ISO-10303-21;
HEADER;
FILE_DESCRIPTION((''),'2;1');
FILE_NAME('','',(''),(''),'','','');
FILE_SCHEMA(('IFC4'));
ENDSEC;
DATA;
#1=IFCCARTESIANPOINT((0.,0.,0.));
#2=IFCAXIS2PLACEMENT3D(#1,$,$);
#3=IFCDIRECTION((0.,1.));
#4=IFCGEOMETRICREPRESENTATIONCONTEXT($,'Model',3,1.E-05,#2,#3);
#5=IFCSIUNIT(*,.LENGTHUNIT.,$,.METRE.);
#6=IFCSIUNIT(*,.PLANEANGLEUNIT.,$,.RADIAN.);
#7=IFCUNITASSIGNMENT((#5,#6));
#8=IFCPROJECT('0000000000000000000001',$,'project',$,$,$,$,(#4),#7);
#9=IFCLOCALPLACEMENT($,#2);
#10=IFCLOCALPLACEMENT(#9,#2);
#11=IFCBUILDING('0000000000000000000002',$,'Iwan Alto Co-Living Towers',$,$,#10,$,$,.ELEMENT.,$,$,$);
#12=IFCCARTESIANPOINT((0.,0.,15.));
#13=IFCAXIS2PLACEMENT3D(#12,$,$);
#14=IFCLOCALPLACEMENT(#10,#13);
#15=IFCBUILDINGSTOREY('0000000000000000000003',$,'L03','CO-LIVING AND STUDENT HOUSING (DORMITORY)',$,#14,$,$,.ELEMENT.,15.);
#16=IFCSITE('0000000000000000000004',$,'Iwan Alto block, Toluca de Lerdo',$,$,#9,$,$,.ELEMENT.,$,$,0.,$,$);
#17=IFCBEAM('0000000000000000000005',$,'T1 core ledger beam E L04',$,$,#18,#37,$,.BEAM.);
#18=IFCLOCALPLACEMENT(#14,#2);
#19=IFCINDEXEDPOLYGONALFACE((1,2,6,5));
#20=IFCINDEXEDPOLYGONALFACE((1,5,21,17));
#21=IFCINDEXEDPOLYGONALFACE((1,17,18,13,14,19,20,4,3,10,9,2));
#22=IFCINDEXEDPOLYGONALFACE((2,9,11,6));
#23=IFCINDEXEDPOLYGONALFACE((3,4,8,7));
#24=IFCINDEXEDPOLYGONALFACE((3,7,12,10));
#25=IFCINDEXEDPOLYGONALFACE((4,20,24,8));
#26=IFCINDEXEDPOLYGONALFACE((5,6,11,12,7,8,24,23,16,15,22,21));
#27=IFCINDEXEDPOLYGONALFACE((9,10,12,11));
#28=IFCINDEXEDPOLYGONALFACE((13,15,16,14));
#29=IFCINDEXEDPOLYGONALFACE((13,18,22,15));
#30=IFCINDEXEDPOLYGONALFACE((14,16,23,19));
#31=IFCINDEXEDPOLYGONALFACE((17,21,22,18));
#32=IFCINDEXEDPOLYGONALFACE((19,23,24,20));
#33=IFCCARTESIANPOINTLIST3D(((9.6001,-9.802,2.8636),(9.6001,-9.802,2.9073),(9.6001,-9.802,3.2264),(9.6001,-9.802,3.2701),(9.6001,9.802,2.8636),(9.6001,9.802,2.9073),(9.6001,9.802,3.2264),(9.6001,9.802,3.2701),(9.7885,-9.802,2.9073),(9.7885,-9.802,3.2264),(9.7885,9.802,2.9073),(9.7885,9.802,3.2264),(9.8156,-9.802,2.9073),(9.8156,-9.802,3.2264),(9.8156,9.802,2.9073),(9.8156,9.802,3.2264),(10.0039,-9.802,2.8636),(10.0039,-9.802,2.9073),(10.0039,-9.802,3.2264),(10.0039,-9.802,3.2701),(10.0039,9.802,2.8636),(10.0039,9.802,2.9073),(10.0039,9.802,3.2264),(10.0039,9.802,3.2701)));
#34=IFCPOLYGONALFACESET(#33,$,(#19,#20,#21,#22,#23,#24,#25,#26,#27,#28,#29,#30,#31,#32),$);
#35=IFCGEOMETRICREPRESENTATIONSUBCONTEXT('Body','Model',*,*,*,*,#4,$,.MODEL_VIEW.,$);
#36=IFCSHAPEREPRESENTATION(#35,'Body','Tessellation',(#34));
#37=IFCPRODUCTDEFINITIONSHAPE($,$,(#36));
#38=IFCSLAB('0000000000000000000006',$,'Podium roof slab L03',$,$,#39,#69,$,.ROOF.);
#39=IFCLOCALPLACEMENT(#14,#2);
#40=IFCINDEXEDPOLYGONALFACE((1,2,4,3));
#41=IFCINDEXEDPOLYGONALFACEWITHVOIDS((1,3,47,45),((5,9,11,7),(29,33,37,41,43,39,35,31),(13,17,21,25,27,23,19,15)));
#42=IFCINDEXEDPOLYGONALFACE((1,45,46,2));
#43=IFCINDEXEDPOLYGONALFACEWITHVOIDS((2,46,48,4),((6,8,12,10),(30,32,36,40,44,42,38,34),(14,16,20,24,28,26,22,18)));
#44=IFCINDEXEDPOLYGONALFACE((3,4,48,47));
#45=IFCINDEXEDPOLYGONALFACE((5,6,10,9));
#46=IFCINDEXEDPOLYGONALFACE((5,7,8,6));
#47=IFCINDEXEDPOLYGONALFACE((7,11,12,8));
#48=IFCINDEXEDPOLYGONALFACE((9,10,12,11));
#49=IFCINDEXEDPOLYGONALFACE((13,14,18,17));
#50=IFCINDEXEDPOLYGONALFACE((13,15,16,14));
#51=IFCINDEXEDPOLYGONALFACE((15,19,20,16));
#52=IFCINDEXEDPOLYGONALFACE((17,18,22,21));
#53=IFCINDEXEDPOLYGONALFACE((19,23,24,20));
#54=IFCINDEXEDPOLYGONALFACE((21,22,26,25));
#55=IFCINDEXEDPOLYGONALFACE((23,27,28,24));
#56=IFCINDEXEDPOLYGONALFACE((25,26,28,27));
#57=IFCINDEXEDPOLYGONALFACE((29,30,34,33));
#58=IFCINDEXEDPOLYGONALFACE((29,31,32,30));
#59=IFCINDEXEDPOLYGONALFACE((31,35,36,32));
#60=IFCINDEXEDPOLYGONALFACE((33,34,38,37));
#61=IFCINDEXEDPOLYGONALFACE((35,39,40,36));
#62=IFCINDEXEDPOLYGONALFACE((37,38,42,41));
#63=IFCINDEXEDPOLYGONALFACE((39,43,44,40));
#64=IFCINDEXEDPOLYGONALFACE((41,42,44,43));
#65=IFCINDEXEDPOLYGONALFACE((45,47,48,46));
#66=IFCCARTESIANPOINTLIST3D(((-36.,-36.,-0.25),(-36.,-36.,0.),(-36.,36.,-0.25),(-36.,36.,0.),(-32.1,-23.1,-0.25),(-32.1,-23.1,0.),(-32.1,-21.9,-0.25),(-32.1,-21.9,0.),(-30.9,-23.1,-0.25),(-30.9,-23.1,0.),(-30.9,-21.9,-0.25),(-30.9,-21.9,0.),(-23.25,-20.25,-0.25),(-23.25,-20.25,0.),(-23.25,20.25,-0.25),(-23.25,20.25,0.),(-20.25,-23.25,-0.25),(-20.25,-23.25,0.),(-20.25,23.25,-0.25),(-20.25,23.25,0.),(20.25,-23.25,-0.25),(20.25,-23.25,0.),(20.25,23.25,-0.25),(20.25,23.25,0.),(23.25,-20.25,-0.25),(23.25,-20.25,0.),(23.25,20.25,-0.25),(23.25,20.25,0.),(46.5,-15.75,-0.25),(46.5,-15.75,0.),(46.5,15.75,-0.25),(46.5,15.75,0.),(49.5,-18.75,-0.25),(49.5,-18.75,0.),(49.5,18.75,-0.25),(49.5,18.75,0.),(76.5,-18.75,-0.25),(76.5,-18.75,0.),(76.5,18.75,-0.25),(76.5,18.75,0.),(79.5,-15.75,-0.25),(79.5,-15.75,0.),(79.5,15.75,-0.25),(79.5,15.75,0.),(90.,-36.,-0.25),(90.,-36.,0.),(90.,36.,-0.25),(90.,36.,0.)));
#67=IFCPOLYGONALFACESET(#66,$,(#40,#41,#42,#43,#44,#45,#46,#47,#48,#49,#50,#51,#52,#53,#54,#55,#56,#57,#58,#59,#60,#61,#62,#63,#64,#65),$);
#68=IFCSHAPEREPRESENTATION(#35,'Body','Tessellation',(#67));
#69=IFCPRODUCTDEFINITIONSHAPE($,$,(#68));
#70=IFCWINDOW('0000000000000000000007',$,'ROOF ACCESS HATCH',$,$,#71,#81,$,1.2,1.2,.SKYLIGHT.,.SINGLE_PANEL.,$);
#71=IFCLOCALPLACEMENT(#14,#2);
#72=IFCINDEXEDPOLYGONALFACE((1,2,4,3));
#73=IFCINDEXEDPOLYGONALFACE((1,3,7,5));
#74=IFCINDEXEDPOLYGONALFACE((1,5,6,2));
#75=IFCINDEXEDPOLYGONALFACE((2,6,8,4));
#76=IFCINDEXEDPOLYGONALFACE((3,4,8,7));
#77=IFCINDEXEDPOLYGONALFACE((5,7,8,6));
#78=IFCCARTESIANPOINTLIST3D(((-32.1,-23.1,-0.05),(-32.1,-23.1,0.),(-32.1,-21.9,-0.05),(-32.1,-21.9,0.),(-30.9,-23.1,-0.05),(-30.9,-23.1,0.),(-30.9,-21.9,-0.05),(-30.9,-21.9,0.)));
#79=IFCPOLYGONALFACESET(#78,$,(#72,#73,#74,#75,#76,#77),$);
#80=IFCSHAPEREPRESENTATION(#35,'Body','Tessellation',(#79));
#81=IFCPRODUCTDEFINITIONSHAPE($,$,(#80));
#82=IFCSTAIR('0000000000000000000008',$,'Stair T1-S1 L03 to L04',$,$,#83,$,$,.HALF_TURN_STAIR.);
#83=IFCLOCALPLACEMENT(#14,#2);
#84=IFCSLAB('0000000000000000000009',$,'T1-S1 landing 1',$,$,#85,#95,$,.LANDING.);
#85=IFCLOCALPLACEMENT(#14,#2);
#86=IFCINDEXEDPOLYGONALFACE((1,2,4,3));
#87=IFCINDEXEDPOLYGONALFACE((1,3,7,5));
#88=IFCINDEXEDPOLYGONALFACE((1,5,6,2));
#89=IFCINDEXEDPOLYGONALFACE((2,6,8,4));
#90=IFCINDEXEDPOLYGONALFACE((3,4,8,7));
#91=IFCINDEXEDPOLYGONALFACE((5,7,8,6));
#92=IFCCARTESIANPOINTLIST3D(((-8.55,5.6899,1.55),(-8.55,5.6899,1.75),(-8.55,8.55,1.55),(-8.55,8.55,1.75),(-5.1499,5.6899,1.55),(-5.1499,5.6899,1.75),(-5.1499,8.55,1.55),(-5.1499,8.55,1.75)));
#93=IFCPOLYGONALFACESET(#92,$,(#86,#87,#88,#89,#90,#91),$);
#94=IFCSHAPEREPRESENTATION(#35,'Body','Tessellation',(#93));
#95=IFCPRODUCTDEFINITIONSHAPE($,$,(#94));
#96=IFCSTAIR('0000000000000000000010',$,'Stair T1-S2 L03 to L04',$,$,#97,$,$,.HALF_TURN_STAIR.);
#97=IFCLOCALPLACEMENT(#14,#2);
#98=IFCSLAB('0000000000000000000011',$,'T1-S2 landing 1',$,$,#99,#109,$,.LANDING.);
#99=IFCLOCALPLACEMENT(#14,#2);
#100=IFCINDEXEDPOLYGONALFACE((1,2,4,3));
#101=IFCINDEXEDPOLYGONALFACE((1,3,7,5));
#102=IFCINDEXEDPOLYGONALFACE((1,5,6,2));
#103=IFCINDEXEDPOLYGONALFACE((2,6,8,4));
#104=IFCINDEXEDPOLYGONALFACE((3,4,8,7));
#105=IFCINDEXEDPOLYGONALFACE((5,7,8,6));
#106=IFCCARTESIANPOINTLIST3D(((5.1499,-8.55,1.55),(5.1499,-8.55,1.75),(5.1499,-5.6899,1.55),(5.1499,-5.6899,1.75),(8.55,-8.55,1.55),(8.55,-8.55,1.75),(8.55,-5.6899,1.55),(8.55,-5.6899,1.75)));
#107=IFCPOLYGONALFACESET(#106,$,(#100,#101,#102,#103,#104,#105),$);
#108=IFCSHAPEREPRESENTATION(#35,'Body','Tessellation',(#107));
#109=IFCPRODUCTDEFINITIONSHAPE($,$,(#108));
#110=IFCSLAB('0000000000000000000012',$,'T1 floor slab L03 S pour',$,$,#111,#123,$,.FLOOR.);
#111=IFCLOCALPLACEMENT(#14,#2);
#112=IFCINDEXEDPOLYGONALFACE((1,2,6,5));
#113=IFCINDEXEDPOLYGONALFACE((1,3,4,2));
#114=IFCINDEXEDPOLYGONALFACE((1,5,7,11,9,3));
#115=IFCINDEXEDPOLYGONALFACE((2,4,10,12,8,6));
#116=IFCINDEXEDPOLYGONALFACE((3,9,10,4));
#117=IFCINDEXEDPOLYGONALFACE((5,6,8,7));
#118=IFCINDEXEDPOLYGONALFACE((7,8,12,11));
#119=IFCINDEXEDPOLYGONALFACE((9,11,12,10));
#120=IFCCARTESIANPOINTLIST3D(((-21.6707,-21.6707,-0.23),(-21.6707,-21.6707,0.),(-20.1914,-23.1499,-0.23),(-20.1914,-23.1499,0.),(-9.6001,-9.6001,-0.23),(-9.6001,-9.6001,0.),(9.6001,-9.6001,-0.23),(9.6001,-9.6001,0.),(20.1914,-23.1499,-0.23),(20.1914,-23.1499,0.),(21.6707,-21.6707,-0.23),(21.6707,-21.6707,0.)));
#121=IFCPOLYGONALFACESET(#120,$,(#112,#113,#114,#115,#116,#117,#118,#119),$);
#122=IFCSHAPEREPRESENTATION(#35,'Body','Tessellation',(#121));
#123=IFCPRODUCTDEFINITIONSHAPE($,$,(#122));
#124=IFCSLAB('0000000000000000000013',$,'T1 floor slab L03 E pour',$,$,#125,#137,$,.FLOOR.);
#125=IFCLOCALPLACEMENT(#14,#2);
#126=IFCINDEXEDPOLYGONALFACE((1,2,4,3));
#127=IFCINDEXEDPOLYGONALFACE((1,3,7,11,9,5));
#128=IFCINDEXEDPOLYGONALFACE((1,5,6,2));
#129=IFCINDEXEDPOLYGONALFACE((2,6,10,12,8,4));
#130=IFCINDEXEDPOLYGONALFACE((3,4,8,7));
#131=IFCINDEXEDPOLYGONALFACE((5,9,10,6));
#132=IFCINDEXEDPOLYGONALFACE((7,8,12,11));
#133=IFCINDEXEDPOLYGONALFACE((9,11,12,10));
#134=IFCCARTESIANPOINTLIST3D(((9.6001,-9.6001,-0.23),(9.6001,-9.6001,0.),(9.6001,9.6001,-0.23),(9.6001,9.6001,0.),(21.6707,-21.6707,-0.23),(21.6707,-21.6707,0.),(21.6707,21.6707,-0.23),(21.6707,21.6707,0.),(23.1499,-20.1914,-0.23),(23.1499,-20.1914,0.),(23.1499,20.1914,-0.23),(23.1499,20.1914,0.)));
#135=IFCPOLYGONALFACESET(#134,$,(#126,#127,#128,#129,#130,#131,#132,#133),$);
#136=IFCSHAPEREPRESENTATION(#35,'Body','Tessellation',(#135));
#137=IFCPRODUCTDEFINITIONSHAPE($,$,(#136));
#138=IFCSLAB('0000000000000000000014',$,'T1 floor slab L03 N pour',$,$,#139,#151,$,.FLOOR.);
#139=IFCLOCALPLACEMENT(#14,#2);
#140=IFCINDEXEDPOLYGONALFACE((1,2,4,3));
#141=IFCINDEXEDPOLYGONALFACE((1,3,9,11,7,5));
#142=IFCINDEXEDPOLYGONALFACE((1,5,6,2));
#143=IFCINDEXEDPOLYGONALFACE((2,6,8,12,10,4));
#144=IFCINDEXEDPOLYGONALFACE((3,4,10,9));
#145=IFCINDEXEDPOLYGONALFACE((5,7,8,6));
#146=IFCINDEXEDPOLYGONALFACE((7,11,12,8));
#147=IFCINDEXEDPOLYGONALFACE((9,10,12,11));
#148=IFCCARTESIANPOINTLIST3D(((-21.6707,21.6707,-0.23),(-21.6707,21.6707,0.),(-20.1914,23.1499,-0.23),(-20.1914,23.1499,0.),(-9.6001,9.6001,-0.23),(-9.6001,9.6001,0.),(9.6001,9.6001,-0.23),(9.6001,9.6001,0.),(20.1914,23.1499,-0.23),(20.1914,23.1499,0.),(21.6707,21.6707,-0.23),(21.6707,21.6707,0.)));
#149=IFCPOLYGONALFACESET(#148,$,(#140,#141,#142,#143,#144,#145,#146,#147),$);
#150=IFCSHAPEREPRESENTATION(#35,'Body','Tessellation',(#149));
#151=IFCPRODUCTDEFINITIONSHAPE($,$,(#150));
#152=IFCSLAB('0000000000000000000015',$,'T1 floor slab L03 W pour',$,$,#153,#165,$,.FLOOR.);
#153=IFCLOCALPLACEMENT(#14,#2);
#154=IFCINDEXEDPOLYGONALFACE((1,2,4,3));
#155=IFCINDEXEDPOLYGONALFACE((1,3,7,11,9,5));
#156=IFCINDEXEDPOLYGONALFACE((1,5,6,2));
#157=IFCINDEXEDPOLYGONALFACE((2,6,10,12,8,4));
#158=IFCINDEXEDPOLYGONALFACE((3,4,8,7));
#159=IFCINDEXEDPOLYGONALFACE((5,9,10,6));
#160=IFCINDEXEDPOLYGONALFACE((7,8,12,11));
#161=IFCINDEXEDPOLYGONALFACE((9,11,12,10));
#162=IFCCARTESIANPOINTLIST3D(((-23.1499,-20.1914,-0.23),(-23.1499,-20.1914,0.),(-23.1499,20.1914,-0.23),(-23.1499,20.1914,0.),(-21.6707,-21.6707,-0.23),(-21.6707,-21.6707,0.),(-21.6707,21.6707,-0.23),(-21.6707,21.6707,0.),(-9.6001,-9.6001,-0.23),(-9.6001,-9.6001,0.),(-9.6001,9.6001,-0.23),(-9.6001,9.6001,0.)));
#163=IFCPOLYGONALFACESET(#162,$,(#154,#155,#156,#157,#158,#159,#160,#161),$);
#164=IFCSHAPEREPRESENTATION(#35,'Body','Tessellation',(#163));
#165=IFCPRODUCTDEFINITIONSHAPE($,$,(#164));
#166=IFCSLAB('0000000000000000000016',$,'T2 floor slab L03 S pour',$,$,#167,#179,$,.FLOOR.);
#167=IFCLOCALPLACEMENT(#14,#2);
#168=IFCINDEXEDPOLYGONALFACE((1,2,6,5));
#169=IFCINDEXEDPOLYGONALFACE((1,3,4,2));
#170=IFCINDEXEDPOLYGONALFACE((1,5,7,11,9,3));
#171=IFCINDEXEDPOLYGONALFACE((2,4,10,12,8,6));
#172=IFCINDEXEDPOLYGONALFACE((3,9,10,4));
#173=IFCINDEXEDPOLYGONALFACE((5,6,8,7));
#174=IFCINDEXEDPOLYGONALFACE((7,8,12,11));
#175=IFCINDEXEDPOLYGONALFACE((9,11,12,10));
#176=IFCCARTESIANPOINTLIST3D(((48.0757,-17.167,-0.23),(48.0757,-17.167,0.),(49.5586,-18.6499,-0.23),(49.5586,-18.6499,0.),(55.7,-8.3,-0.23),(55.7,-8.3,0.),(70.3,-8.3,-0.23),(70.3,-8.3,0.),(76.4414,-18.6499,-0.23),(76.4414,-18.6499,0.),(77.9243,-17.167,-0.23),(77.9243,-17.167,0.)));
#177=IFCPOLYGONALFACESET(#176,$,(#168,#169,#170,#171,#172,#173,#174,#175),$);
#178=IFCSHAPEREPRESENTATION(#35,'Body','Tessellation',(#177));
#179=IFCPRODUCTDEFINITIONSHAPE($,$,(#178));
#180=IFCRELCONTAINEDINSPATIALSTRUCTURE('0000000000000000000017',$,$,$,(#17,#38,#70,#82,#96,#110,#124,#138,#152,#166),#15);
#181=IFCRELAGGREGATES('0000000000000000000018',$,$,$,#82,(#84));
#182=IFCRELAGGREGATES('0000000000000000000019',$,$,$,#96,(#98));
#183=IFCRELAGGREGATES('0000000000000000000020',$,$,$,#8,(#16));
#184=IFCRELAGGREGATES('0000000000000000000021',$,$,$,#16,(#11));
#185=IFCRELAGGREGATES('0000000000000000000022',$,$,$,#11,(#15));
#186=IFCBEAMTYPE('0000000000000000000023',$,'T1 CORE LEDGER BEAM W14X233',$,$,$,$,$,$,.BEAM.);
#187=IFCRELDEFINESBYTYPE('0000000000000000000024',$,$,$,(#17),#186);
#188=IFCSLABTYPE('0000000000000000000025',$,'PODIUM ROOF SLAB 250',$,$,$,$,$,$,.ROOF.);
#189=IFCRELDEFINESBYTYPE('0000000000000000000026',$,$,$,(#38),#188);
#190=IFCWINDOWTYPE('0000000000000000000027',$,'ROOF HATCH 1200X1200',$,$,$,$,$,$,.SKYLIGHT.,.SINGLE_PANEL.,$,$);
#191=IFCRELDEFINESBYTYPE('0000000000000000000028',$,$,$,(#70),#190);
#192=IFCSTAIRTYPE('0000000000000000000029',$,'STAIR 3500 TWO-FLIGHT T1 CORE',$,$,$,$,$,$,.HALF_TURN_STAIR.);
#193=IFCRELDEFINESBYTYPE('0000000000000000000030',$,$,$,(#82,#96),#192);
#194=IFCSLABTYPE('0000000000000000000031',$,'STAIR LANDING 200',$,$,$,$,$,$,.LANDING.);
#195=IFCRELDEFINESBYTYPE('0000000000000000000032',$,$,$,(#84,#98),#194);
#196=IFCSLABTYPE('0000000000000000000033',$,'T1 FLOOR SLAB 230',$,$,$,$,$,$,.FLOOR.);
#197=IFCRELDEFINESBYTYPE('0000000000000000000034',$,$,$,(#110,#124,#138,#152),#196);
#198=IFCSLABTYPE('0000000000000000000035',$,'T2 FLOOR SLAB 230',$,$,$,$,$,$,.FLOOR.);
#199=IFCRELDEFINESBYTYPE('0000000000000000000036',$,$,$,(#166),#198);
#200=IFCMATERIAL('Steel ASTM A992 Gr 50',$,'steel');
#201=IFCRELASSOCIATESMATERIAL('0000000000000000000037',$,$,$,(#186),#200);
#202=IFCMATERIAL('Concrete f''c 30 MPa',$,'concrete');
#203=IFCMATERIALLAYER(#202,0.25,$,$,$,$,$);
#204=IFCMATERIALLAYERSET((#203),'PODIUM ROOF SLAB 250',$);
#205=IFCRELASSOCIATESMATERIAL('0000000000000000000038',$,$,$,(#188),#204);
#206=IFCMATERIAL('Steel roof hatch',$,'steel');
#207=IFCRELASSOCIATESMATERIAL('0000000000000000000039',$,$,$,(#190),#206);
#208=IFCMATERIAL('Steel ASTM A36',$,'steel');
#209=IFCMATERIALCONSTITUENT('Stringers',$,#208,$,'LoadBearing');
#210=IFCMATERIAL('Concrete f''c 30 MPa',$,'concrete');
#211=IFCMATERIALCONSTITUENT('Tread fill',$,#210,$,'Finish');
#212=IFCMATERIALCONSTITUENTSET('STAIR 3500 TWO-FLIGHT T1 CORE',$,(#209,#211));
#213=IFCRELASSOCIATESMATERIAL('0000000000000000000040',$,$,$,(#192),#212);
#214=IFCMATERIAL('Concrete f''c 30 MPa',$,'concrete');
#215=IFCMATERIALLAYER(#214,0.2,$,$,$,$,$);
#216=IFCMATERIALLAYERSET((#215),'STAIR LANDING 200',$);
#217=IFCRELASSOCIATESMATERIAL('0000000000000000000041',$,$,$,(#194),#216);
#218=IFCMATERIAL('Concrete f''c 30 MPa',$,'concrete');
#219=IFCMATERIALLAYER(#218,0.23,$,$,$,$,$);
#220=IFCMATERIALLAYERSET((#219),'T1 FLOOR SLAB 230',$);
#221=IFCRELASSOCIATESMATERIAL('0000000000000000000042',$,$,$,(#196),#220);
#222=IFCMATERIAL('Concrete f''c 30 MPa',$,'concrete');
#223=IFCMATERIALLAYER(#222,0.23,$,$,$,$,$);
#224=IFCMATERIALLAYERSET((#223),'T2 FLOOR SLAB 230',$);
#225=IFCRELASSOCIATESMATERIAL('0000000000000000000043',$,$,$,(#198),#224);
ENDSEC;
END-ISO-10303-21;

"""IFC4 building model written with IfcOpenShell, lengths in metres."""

from ifc_helpers import new_model, si_unit, direction, frame, origin, origin_2d, place, context, subcontext, project, spatial, polyline, rectangle, i_section, outline, extrude, material, layer, layer_set, constituent, constituent_set, material_profile, profile_set, type_object, element, fill, aggregate, save


model = new_model("IFC4")

# Units and contexts
model_context = context("Model", 3, precision=1e-05, world=origin(), true_north=direction((0.0, 1.0)))
body_context = subcontext(model_context, "Body", "Model", "MODEL_VIEW")
ifc_project = project(units=[si_unit("LENGTHUNIT", "METRE"), si_unit("PLANEANGLEUNIT", "RADIAN")], contexts=[model_context])

# Site, building, storey
site_placement = place(None, origin())
site = spatial("IfcSite", under=ifc_project, at=site_placement, Name="Iwan Alto block, Toluca de Lerdo", CompositionType="ELEMENT", RefElevation=0.0)
building_placement = place(site_placement, origin())
building = spatial("IfcBuilding", under=site, at=building_placement, Name="Iwan Alto Co-Living Towers", CompositionType="ELEMENT")
storey_placement = place(building_placement, frame((0.0, 0.0, 15.0)))
storey = spatial("IfcBuildingStorey", under=building, at=storey_placement, Name="L03", Description="CO-LIVING AND STUDENT HOUSING (DORMITORY)", CompositionType="ELEMENT", Elevation=15.0)

# Beam
ifc_material_1 = material(Name="Steel ASTM A992 Gr 50", Category="steel")
ifc_material_profile = material_profile(ifc_material_1, i_section(OverallWidth=0.4038, OverallDepth=0.4065, WebThickness=0.0271, FlangeThickness=0.0437, at=origin_2d()), Name="W14X233")
ifc_profile_set = profile_set([ifc_material_profile], Name="Steel ASTM A992 Gr 50")
beam_type = type_object("IfcBeamType", Name="T1 CORE LEDGER BEAM W14X233", PredefinedType="BEAM", material=ifc_profile_set)
beam_placement = place(storey_placement, frame((9.802, -9.802, 3.0669), z_axis=(0.0, 1.0, 0.0), x_axis=(-1.0, 0.0, 0.0)))
element("IfcBeam", 1, at=beam_placement, inside=storey, type_object=beam_type, Name="T1 core ledger beam E L04", PredefinedType="BEAM", context=body_context, shape_type="SweptSolid", body=[
    extrude(i_section(OverallWidth=0.4038, OverallDepth=0.4065, WebThickness=0.0271, FlangeThickness=0.0437, at=origin_2d()), origin(), (0.0, 0.0, 1.0), 19.604),
])

# Slab, opening, window
ifc_material_2 = material(Name="Concrete f'c 30 MPa", Category="concrete")
ifc_layer_1 = layer(ifc_material_2, 0.25)
ifc_layer_set_1 = layer_set([ifc_layer_1], Name="PODIUM ROOF SLAB 250")
slab_type_1 = type_object("IfcSlabType", Name="PODIUM ROOF SLAB 250", PredefinedType="ROOF", material=ifc_layer_set_1)
slab_1_placement = place(storey_placement, frame((0.0, 0.0, -0.25)))
slab_1 = element("IfcSlab", 2, at=slab_1_placement, inside=storey, type_object=slab_type_1, Name="Podium roof slab L03", PredefinedType="ROOF", context=body_context, shape_type="SweptSolid", body=[
    extrude(outline(polyline([(-36.0, 36.0), (90.0, 36.0), (90.0, -36.0), (-36.0, -36.0), (-36.0, 36.0)]), holes=[polyline([(-20.25, -23.25), (20.25, -23.25), (23.25, -20.25), (23.25, 20.25), (20.25, 23.25), (-20.25, 23.25), (-23.25, 20.25), (-23.25, -20.25), (-20.25, -23.25)]), polyline([(49.5, -18.75), (76.5, -18.75), (79.5, -15.75), (79.5, 15.75), (76.5, 18.75), (49.5, 18.75), (46.5, 15.75), (46.5, -15.75), (49.5, -18.75)])]), origin(), (0.0, 0.0, 1.0), 0.25),
])
opening_1_placement = place(slab_1_placement, frame((-31.5, -22.5, 0.0)))
opening_1 = element("IfcOpeningElement", 3, at=opening_1_placement, cuts=slab_1, PredefinedType="OPENING", context=body_context, shape_type="SweptSolid", body=[
    extrude(rectangle(XDim=1.2, YDim=1.2, at=origin_2d()), origin(), (0.0, 0.0, 1.0), 0.25),
])
ifc_material_3 = material(Name="Steel roof hatch", Category="steel")
window_type = type_object("IfcWindowType", Name="ROOF HATCH 1200X1200", PartitioningType="SINGLE_PANEL", PredefinedType="SKYLIGHT", material=ifc_material_3)
window_placement = place(opening_1_placement, frame((0.0, 0.0, 0.2)))
window = element("IfcWindow", 4, at=window_placement, inside=storey, type_object=window_type, Name="ROOF ACCESS HATCH", OverallHeight=1.2, OverallWidth=1.2, PartitioningType="SINGLE_PANEL", PredefinedType="SKYLIGHT", context=body_context, shape_type="SweptSolid", body=[
    extrude(rectangle(XDim=1.2, YDim=1.2, at=origin_2d()), origin(), (0.0, 0.0, 1.0), 0.05),
])
fill(opening_1, window)

# Stairs, slabs
ifc_material_4 = material(Name="Steel ASTM A36", Category="steel")
ifc_constituent_1 = constituent(ifc_material_4, Name="Stringers", Category="LoadBearing")
ifc_material_5 = material(Name="Concrete f'c 30 MPa", Category="concrete")
ifc_constituent_2 = constituent(ifc_material_5, Name="Tread fill", Category="Finish")
ifc_constituent_set_1 = constituent_set(constituents=[ifc_constituent_1, ifc_constituent_2], Name="STAIR 3500 TWO-FLIGHT T1 CORE")
stair_type = type_object("IfcStairType", Name="STAIR 3500 TWO-FLIGHT T1 CORE", PredefinedType="HALF_TURN_STAIR", material=ifc_constituent_set_1)
stair_1_placement = place(storey_placement, origin())
stair_1 = element("IfcStair", 5, at=stair_1_placement, inside=storey, type_object=stair_type, Name="Stair T1-S1 L03 to L04", PredefinedType="HALF_TURN_STAIR")
ifc_material_6 = material(Name="Concrete f'c 30 MPa", Category="concrete")
ifc_layer_2 = layer(ifc_material_6, 0.2)
ifc_layer_set_2 = layer_set([ifc_layer_2], Name="STAIR LANDING 200")
slab_type_2 = type_object("IfcSlabType", Name="STAIR LANDING 200", PredefinedType="LANDING", material=ifc_layer_set_2)
slab_2_placement = place(storey_placement, frame((0.0, 0.0, 1.55)))
slab_2 = element("IfcSlab", 6, at=slab_2_placement, type_object=slab_type_2, Name="T1-S1 landing 1", PredefinedType="LANDING", context=body_context, shape_type="SweptSolid", body=[
    extrude(outline(polyline([(-8.55, 5.6899), (-8.55, 8.55), (-5.1499, 8.55), (-5.1499, 5.6899), (-8.55, 5.6899)])), origin(), (0.0, 0.0, 1.0), 0.2),
])
aggregate(stair_1, [slab_2])
stair_2_placement = place(storey_placement, origin())
stair_2 = element("IfcStair", 7, at=stair_2_placement, inside=storey, type_object=stair_type, Name="Stair T1-S2 L03 to L04", PredefinedType="HALF_TURN_STAIR")
slab_3_placement = place(storey_placement, frame((0.0, 0.0, 1.55)))
slab_3 = element("IfcSlab", 8, at=slab_3_placement, type_object=slab_type_2, Name="T1-S2 landing 1", PredefinedType="LANDING", context=body_context, shape_type="SweptSolid", body=[
    extrude(outline(polyline([(5.1499, -5.6899), (5.1499, -8.55), (8.55, -8.55), (8.55, -5.6899), (5.1499, -5.6899)])), origin(), (0.0, 0.0, 1.0), 0.2),
])

# Slabs
ifc_material_7 = material(Name="Concrete f'c 30 MPa", Category="concrete")
ifc_layer_3 = layer(ifc_material_7, 0.23)
ifc_layer_set_3 = layer_set([ifc_layer_3], Name="T1 FLOOR SLAB 230")
slab_type_3 = type_object("IfcSlabType", Name="T1 FLOOR SLAB 230", PredefinedType="FLOOR", material=ifc_layer_set_3)
slab_4_placement = place(storey_placement, frame((0.0, 0.0, -0.23)))
element("IfcSlab", 9, at=slab_4_placement, inside=storey, type_object=slab_type_3, Name="T1 floor slab L03 S pour", PredefinedType="FLOOR", context=body_context, shape_type="SweptSolid", body=[
    extrude(outline(polyline([(20.1914, -23.1499), (-20.1914, -23.1499), (-21.6707, -21.6707), (-9.6001, -9.6001), (9.6001, -9.6001), (21.6707, -21.6707), (20.1914, -23.1499)])), origin(), (0.0, 0.0, 1.0), 0.23),
])
slab_5_placement = place(storey_placement, frame((0.0, 0.0, -0.23)))
element("IfcSlab", 10, at=slab_5_placement, inside=storey, type_object=slab_type_3, Name="T1 floor slab L03 E pour", PredefinedType="FLOOR", context=body_context, shape_type="SweptSolid", body=[
    extrude(outline(polyline([(23.1499, 20.1914), (23.1499, -20.1914), (21.6707, -21.6707), (9.6001, -9.6001), (9.6001, 9.6001), (21.6707, 21.6707), (23.1499, 20.1914)])), origin(), (0.0, 0.0, 1.0), 0.23),
])
slab_6_placement = place(storey_placement, frame((0.0, 0.0, -0.23)))
element("IfcSlab", 11, at=slab_6_placement, inside=storey, type_object=slab_type_3, Name="T1 floor slab L03 N pour", PredefinedType="FLOOR", context=body_context, shape_type="SweptSolid", body=[
    extrude(outline(polyline([(-20.1914, 23.1499), (20.1914, 23.1499), (21.6707, 21.6707), (9.6001, 9.6001), (-9.6001, 9.6001), (-21.6707, 21.6707), (-20.1914, 23.1499)])), origin(), (0.0, 0.0, 1.0), 0.23),
])
slab_7_placement = place(storey_placement, frame((0.0, 0.0, -0.23)))
element("IfcSlab", 12, at=slab_7_placement, inside=storey, type_object=slab_type_3, Name="T1 floor slab L03 W pour", PredefinedType="FLOOR", context=body_context, shape_type="SweptSolid", body=[
    extrude(outline(polyline([(-23.1499, 20.1914), (-21.6707, 21.6707), (-9.6001, 9.6001), (-9.6001, -9.6001), (-21.6707, -21.6707), (-23.1499, -20.1914), (-23.1499, 20.1914)])), origin(), (0.0, 0.0, 1.0), 0.23),
])
ifc_material_8 = material(Name="Concrete f'c 30 MPa", Category="concrete")
ifc_layer_4 = layer(ifc_material_8, 0.23)
ifc_layer_set_4 = layer_set([ifc_layer_4], Name="T2 FLOOR SLAB 230")
slab_type_4 = type_object("IfcSlabType", Name="T2 FLOOR SLAB 230", PredefinedType="FLOOR", material=ifc_layer_set_4)
slab_8_placement = place(storey_placement, frame((0.0, 0.0, -0.23)))
element("IfcSlab", 13, at=slab_8_placement, inside=storey, type_object=slab_type_4, Name="T2 floor slab L03 S pour", PredefinedType="FLOOR", context=body_context, shape_type="SweptSolid", body=[
    extrude(outline(polyline([(76.4414, -18.6499), (49.5586, -18.6499), (48.0757, -17.167), (55.7, -8.3), (70.3, -8.3), (77.9243, -17.167), (76.4414, -18.6499)])), origin(), (0.0, 0.0, 1.0), 0.23),
])

aggregate(stair_2, [slab_3])

save(model, "model.ifc")
